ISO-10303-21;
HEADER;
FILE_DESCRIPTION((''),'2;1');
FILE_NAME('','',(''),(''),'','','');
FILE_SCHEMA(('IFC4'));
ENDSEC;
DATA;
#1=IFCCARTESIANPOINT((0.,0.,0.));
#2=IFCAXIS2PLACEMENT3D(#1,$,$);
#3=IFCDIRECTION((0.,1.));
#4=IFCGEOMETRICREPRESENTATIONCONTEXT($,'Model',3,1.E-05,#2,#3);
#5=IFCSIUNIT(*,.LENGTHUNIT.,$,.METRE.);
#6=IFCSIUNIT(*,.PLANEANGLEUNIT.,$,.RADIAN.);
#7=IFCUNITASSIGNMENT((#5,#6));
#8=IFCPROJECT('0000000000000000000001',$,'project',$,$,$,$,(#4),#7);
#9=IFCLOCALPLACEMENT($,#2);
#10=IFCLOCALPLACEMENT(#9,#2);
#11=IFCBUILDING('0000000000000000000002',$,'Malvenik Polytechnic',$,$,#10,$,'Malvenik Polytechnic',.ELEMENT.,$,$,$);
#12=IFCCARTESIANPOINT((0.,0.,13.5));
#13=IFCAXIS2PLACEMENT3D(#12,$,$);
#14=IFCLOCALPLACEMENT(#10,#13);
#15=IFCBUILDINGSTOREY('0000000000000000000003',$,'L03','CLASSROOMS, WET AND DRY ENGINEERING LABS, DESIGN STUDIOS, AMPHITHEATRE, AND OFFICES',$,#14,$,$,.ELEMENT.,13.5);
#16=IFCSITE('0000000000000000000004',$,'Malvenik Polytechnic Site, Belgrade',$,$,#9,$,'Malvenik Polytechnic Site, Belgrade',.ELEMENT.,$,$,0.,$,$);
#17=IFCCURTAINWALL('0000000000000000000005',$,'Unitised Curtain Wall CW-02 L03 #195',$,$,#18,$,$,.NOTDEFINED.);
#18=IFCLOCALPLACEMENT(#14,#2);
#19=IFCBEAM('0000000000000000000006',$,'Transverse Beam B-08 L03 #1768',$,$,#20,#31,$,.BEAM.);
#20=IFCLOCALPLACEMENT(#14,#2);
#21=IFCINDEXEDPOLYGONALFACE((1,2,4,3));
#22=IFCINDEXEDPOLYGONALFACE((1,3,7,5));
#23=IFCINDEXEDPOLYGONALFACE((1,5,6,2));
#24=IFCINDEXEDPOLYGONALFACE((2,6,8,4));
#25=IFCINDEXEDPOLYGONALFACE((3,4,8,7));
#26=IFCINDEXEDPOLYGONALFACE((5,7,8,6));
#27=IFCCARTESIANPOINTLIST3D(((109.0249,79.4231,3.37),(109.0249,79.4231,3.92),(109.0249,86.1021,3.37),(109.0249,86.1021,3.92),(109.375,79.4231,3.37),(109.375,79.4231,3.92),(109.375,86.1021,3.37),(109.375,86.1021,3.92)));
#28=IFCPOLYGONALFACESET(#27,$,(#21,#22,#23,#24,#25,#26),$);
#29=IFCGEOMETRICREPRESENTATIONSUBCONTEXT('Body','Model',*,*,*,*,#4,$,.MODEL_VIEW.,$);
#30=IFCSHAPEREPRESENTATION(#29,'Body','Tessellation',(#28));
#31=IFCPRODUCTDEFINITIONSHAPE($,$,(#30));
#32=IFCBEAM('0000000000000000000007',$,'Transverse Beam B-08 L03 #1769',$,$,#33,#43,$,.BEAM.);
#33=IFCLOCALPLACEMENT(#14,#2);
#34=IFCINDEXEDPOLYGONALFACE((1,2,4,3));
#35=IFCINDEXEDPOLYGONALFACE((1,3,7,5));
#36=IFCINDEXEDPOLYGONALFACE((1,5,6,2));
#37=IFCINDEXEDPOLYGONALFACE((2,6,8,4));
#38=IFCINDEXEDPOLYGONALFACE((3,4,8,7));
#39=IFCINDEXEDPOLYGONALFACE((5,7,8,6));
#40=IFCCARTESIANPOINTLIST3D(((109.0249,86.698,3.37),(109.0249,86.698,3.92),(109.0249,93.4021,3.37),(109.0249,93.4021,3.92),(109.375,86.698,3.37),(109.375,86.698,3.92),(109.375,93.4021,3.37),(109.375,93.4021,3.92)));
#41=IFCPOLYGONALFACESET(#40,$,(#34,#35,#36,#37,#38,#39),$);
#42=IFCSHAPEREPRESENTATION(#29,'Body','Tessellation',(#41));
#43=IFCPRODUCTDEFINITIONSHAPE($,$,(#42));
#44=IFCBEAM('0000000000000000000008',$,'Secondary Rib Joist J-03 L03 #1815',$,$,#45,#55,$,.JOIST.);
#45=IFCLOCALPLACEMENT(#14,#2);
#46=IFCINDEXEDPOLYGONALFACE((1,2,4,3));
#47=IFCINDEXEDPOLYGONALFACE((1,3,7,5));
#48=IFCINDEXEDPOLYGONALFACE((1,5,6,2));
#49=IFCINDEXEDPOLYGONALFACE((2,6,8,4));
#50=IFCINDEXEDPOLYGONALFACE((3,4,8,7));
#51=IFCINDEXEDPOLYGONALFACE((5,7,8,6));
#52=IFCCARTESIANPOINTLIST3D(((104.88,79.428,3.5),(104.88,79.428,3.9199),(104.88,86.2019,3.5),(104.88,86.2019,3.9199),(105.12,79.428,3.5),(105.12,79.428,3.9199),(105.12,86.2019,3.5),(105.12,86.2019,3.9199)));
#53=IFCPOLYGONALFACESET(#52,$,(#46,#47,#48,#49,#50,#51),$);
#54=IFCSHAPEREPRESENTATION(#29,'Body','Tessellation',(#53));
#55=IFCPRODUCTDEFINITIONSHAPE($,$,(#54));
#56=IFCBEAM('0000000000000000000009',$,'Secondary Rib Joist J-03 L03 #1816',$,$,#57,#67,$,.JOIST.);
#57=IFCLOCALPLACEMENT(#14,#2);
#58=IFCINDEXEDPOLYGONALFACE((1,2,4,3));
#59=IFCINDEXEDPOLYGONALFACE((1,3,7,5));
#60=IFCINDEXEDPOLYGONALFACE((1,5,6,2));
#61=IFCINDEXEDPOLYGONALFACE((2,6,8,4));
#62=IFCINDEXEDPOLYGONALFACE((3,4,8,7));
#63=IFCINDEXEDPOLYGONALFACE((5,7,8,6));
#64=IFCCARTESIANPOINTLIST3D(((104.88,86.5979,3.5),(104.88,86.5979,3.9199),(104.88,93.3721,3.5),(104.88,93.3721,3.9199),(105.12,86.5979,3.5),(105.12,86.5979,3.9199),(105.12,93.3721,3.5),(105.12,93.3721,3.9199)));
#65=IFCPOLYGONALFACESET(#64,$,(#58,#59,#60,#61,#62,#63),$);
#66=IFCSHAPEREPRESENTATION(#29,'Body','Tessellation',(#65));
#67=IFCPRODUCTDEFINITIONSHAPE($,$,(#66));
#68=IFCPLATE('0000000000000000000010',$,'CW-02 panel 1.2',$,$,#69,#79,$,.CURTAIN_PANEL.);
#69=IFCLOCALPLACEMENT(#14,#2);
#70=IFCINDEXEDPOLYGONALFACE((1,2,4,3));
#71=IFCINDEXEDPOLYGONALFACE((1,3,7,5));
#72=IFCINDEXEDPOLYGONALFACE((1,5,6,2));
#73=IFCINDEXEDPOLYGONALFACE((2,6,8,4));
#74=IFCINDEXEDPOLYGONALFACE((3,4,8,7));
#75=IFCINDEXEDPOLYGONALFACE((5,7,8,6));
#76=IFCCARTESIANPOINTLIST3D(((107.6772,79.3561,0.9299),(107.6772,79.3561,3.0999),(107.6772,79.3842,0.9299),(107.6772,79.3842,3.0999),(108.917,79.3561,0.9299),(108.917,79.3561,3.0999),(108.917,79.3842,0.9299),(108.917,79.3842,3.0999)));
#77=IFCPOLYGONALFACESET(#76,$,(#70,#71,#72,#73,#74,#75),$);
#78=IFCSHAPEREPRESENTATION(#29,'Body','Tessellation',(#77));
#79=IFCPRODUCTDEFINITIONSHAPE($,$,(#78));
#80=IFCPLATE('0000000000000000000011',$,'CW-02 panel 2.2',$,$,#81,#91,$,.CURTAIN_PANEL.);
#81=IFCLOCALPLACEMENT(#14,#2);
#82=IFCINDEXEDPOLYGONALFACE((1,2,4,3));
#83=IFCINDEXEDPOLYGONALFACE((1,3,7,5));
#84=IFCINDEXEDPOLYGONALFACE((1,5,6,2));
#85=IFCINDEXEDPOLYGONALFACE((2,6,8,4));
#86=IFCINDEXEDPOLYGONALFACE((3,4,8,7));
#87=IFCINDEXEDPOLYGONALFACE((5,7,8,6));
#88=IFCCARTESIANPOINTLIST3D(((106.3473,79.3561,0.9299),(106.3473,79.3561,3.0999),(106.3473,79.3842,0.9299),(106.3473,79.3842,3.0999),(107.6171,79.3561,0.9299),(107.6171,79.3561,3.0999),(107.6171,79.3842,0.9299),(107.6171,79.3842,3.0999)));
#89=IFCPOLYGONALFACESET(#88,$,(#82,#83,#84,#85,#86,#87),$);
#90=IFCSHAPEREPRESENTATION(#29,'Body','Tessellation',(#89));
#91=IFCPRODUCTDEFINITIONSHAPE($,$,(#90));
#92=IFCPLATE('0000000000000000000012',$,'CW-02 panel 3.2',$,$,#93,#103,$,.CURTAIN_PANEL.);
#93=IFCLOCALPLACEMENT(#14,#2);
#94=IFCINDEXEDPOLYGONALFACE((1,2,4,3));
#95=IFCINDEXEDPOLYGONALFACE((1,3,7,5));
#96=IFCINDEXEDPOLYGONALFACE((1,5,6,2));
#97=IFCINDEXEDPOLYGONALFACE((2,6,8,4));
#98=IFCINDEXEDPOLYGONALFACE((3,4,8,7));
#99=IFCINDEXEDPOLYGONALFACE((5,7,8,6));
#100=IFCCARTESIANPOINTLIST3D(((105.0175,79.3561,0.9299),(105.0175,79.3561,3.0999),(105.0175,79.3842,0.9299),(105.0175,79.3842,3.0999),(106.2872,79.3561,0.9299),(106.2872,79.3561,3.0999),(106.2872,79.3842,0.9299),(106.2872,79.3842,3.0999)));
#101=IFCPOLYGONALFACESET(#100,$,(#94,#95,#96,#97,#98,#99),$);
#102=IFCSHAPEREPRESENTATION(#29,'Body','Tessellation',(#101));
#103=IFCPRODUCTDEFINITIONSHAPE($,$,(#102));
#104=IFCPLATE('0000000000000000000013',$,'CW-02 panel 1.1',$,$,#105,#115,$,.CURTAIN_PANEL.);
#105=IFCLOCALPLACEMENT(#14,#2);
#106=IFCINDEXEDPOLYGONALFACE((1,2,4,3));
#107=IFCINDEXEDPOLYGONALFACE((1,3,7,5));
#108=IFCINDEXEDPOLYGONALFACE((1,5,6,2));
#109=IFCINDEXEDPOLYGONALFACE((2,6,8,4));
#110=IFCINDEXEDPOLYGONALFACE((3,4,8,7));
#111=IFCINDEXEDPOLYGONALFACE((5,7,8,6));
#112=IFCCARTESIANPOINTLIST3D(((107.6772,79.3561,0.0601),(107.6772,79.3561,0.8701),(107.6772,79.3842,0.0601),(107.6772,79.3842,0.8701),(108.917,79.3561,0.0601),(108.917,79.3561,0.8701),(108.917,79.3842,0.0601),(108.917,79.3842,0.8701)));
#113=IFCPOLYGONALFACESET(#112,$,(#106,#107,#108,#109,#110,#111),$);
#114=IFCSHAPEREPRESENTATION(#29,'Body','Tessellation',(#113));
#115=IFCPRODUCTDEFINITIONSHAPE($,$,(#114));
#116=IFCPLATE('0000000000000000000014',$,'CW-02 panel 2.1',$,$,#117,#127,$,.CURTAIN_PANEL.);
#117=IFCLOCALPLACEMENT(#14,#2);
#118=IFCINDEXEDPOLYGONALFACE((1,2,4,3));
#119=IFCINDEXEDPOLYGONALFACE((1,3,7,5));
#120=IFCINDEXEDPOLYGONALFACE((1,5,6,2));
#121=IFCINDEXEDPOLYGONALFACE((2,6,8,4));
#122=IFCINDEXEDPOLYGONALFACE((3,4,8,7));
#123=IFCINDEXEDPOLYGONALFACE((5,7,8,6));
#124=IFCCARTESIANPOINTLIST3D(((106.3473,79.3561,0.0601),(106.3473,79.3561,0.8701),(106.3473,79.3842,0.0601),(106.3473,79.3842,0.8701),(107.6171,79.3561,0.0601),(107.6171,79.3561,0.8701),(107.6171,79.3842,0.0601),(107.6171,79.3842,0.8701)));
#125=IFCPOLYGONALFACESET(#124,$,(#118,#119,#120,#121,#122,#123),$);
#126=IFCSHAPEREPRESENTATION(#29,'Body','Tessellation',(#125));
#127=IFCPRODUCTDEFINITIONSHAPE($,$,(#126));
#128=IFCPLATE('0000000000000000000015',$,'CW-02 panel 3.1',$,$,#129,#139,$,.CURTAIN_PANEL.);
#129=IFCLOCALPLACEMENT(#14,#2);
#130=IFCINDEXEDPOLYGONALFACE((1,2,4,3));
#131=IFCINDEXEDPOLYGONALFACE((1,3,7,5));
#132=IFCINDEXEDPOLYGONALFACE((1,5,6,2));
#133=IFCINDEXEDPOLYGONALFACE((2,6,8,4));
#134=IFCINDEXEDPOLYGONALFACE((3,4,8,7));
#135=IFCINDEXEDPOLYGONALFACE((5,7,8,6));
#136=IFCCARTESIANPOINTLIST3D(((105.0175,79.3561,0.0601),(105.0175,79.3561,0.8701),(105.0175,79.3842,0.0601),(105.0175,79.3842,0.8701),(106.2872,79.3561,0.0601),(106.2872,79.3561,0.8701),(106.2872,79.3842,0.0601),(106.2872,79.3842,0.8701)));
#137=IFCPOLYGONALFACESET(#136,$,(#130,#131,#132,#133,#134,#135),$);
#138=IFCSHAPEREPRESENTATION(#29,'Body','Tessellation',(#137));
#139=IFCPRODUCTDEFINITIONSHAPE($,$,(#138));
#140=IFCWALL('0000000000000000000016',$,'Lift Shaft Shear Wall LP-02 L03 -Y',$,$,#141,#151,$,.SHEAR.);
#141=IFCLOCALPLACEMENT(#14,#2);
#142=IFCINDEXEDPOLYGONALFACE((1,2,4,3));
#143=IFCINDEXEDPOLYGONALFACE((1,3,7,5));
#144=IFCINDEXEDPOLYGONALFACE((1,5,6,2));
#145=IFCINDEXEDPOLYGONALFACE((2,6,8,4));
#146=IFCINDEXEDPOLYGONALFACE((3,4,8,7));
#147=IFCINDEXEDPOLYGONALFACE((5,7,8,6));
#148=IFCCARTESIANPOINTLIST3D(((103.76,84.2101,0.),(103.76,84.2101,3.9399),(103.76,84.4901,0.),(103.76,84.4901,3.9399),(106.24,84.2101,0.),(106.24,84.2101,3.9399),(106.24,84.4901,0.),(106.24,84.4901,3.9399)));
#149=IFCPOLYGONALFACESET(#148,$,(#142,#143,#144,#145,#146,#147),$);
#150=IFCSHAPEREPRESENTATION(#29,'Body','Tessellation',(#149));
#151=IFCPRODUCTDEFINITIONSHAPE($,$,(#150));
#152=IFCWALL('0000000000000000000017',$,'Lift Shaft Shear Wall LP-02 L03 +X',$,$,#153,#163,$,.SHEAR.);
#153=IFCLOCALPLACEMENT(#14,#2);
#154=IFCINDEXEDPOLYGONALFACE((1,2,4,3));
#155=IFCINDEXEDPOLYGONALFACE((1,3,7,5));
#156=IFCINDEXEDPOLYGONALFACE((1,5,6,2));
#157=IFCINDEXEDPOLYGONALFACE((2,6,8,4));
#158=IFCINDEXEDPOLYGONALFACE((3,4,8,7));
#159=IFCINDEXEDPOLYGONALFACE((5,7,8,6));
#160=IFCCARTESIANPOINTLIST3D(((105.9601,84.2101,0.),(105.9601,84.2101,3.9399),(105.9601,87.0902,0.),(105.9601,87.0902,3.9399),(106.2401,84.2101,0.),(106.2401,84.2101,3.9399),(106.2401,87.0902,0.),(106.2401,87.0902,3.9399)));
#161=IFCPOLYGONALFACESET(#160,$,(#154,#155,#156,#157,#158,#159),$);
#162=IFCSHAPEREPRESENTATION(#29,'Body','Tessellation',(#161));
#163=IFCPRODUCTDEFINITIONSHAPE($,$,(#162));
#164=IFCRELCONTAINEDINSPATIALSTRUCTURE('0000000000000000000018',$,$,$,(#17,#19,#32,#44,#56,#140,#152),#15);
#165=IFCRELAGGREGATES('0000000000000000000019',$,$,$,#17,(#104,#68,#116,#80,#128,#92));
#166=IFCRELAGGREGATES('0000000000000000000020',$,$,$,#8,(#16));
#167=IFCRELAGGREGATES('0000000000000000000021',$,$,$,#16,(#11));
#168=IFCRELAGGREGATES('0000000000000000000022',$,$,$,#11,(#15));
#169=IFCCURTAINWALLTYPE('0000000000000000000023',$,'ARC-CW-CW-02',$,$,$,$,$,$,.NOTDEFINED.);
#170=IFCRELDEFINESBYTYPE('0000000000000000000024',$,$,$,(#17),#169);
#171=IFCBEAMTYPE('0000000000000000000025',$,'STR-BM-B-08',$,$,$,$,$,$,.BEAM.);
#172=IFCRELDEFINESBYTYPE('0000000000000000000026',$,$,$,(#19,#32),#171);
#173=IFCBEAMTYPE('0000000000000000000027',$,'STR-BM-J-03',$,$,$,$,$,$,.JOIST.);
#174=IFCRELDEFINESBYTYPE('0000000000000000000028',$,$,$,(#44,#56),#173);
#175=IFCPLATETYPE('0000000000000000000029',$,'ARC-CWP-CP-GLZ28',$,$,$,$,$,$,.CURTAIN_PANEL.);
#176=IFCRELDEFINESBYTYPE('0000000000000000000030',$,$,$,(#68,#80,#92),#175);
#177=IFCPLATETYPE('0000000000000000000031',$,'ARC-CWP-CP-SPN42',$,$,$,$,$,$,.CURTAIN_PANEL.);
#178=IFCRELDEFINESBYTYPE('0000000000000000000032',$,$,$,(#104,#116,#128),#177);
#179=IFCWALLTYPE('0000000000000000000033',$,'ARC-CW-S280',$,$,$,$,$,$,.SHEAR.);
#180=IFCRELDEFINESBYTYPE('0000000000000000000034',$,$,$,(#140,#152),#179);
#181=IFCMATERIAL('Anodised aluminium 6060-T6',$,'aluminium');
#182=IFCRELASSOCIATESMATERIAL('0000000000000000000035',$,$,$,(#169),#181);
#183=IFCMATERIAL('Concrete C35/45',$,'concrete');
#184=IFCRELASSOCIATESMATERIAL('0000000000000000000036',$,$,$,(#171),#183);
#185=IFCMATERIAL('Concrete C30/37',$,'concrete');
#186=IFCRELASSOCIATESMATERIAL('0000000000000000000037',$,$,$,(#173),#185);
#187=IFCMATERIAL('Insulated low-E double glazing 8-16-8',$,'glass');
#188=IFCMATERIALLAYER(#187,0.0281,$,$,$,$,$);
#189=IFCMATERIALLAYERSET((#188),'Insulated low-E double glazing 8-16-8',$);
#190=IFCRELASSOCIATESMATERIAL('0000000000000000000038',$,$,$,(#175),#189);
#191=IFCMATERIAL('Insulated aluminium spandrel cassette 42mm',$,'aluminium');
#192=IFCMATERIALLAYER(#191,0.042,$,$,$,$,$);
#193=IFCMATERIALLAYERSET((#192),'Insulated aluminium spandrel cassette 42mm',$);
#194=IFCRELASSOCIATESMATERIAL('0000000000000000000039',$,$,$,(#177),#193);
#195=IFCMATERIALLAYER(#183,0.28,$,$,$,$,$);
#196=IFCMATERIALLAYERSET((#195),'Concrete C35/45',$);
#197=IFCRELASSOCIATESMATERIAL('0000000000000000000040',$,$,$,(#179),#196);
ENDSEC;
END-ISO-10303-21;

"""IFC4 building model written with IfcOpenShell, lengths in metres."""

from ifc_helpers import new_model, si_unit, direction, frame, frame_2d, origin, origin_2d, place, context, subcontext, project, spatial, rectangle, extrude, material, layer, layer_set, material_profile, profile_set, type_object, element, aggregate, save


model = new_model("IFC4")

# Units and contexts
model_context = context("Model", 3, precision=1e-05, world=origin(), true_north=direction((0.0, 1.0)))
body_context = subcontext(model_context, "Body", "Model", "MODEL_VIEW")
ifc_project = project(units=[si_unit("LENGTHUNIT", "METRE"), si_unit("PLANEANGLEUNIT", "RADIAN")], contexts=[model_context])

# Site, building, storey
site_placement = place(None, origin())
site = spatial("IfcSite", under=ifc_project, at=site_placement, Name="Malvenik Polytechnic Site, Belgrade", LongName="Malvenik Polytechnic Site, Belgrade", CompositionType="ELEMENT", RefElevation=0.0)
building_placement = place(site_placement, origin())
building = spatial("IfcBuilding", under=site, at=building_placement, Name="Malvenik Polytechnic", LongName="Malvenik Polytechnic", CompositionType="ELEMENT")
storey_placement = place(building_placement, frame((0.0, 0.0, 13.5)))
storey = spatial("IfcBuildingStorey", under=building, at=storey_placement, Name="L03", Description="CLASSROOMS, WET AND DRY ENGINEERING LABS, DESIGN STUDIOS, AMPHITHEATRE, AND OFFICES", CompositionType="ELEMENT", Elevation=13.5)

# Shared definitions
ifc_material_1 = material(Name="Concrete C35/45", Category="concrete")

# Curtain wall
ifc_material_2 = material(Name="Anodised aluminium 6060-T6", Category="aluminium")
curtain_wall_type = type_object("IfcCurtainWallType", Name="ARC-CW-CW-02", PredefinedType="NOTDEFINED", material=ifc_material_2)
curtain_wall_placement = place(storey_placement, origin())
curtain_wall = element("IfcCurtainWall", 1, at=curtain_wall_placement, inside=storey, type_object=curtain_wall_type, Name="Unitised Curtain Wall CW-02 L03 #195", PredefinedType="NOTDEFINED")

# Beams
ifc_material_profile_1 = material_profile(ifc_material_1, rectangle(XDim=0.3501, YDim=0.55, at=origin_2d()), Name="RC BM 350x550")
ifc_profile_set_1 = profile_set([ifc_material_profile_1], Name="Concrete C35/45")
beam_type_1 = type_object("IfcBeamType", Name="STR-BM-B-08", PredefinedType="BEAM", material=ifc_profile_set_1)
beam_1_placement = place(storey_placement, frame((109.2, 79.4231, 3.645), z_axis=(0.0, 1.0, 0.0), x_axis=(-1.0, 0.0, 0.0)))
element("IfcBeam", 2, at=beam_1_placement, inside=storey, type_object=beam_type_1, Name="Transverse Beam B-08 L03 #1768", PredefinedType="BEAM", context=body_context, shape_type="SweptSolid", body=[
    extrude(rectangle(XDim=0.3501, YDim=0.55, at=origin_2d()), origin(), (0.0, 0.0, 1.0), 6.679),
])
beam_2_placement = place(storey_placement, frame((109.2, 86.698, 3.645), z_axis=(0.0, 1.0, 0.0), x_axis=(-1.0, 0.0, 0.0)))
element("IfcBeam", 3, at=beam_2_placement, inside=storey, type_object=beam_type_1, Name="Transverse Beam B-08 L03 #1769", PredefinedType="BEAM", context=body_context, shape_type="SweptSolid", body=[
    extrude(rectangle(XDim=0.3501, YDim=0.55, at=origin_2d()), origin(), (0.0, 0.0, 1.0), 6.7041),
])
ifc_material_3 = material(Name="Concrete C30/37", Category="concrete")
ifc_material_profile_2 = material_profile(ifc_material_3, rectangle(XDim=0.24, YDim=0.4199, at=origin_2d()), Name="RC JST 240x420")
ifc_profile_set_2 = profile_set([ifc_material_profile_2], Name="Concrete C30/37")
beam_type_2 = type_object("IfcBeamType", Name="STR-BM-J-03", PredefinedType="JOIST", material=ifc_profile_set_2)
beam_3_placement = place(storey_placement, frame((105.0, 79.428, 3.71), z_axis=(0.0, 1.0, 0.0), x_axis=(-1.0, 0.0, 0.0)))
element("IfcBeam", 4, at=beam_3_placement, inside=storey, type_object=beam_type_2, Name="Secondary Rib Joist J-03 L03 #1815", PredefinedType="JOIST", context=body_context, shape_type="SweptSolid", body=[
    extrude(rectangle(XDim=0.24, YDim=0.4199, at=origin_2d()), origin(), (0.0, 0.0, 1.0), 6.7739),
])
beam_4_placement = place(storey_placement, frame((105.0, 86.5979, 3.71), z_axis=(0.0, 1.0, 0.0), x_axis=(-1.0, 0.0, 0.0)))
element("IfcBeam", 5, at=beam_4_placement, inside=storey, type_object=beam_type_2, Name="Secondary Rib Joist J-03 L03 #1816", PredefinedType="JOIST", context=body_context, shape_type="SweptSolid", body=[
    extrude(rectangle(XDim=0.24, YDim=0.4199, at=origin_2d()), origin(), (0.0, 0.0, 1.0), 6.7742),
])

# Plates
ifc_material_4 = material(Name="Insulated low-E double glazing 8-16-8", Category="glass")
ifc_layer_1 = layer(ifc_material_4, 0.0281)
ifc_layer_set_1 = layer_set([ifc_layer_1], Name="Insulated low-E double glazing 8-16-8")
plate_type_1 = type_object("IfcPlateType", Name="ARC-CWP-CP-GLZ28", PredefinedType="CURTAIN_PANEL", material=ifc_layer_set_1)
plate_1_placement = place(storey_placement, frame((108.2971, 79.3701, 0.9299), z_axis=(0.0, 0.0, 1.0), x_axis=(-1.0, 0.0, 0.0)))
plate_1 = element("IfcPlate", 6, at=plate_1_placement, type_object=plate_type_1, Name="CW-02 panel 1.2", PredefinedType="CURTAIN_PANEL", context=body_context, shape_type="SweptSolid", body=[
    extrude(rectangle(XDim=1.2397, YDim=0.0281, at=origin_2d()), origin(), (0.0, 0.0, 1.0), 2.1699),
])
plate_2_placement = place(storey_placement, frame((106.9822, 79.3701, 0.9299), z_axis=(0.0, 0.0, 1.0), x_axis=(-1.0, 0.0, 0.0)))
plate_2 = element("IfcPlate", 7, at=plate_2_placement, type_object=plate_type_1, Name="CW-02 panel 2.2", PredefinedType="CURTAIN_PANEL", context=body_context, shape_type="SweptSolid", body=[
    extrude(rectangle(XDim=1.2698, YDim=0.0281, at=origin_2d()), origin(), (0.0, 0.0, 1.0), 2.1699),
])
plate_3_placement = place(storey_placement, frame((105.6523, 79.3701, 0.9299), z_axis=(0.0, 0.0, 1.0), x_axis=(-1.0, 0.0, 0.0)))
plate_3 = element("IfcPlate", 8, at=plate_3_placement, type_object=plate_type_1, Name="CW-02 panel 3.2", PredefinedType="CURTAIN_PANEL", context=body_context, shape_type="SweptSolid", body=[
    extrude(rectangle(XDim=1.2698, YDim=0.0281, at=origin_2d()), origin(), (0.0, 0.0, 1.0), 2.1699),
])
ifc_material_5 = material(Name="Insulated aluminium spandrel cassette 42mm", Category="aluminium")
ifc_layer_2 = layer(ifc_material_5, 0.042)
ifc_layer_set_2 = layer_set([ifc_layer_2], Name="Insulated aluminium spandrel cassette 42mm")
plate_type_2 = type_object("IfcPlateType", Name="ARC-CWP-CP-SPN42", PredefinedType="CURTAIN_PANEL", material=ifc_layer_set_2)
plate_4_placement = place(storey_placement, frame((108.2971, 79.3701, 0.0601), z_axis=(0.0, 0.0, 1.0), x_axis=(-1.0, 0.0, 0.0)))
plate_4 = element("IfcPlate", 9, at=plate_4_placement, type_object=plate_type_2, Name="CW-02 panel 1.1", PredefinedType="CURTAIN_PANEL", context=body_context, shape_type="SweptSolid", body=[
    extrude(rectangle(XDim=1.2397, YDim=0.0281, at=origin_2d()), origin(), (0.0, 0.0, 1.0), 0.8101),
])
plate_5_placement = place(storey_placement, frame((106.9822, 79.3701, 0.0601), z_axis=(0.0, 0.0, 1.0), x_axis=(-1.0, 0.0, 0.0)))
plate_5 = element("IfcPlate", 10, at=plate_5_placement, type_object=plate_type_2, Name="CW-02 panel 2.1", PredefinedType="CURTAIN_PANEL", context=body_context, shape_type="SweptSolid", body=[
    extrude(rectangle(XDim=1.2698, YDim=0.0281, at=origin_2d()), origin(), (0.0, 0.0, 1.0), 0.8101),
])
plate_6_placement = place(storey_placement, frame((105.6523, 79.3701, 0.0601), z_axis=(0.0, 0.0, 1.0), x_axis=(-1.0, 0.0, 0.0)))
plate_6 = element("IfcPlate", 11, at=plate_6_placement, type_object=plate_type_2, Name="CW-02 panel 3.1", PredefinedType="CURTAIN_PANEL", context=body_context, shape_type="SweptSolid", body=[
    extrude(rectangle(XDim=1.2698, YDim=0.0281, at=origin_2d()), origin(), (0.0, 0.0, 1.0), 0.8101),
])
aggregate(curtain_wall, [plate_4, plate_1, plate_5, plate_2, plate_6, plate_3])

# Walls
ifc_layer_3 = layer(ifc_material_1, 0.28)
ifc_layer_set_3 = layer_set([ifc_layer_3], Name="Concrete C35/45")
wall_type = type_object("IfcWallType", Name="ARC-CW-S280", PredefinedType="SHEAR", material=ifc_layer_set_3)
wall_1_placement = place(storey_placement, frame((106.24, 84.3501, 0.0), z_axis=(0.0, 0.0, 1.0), x_axis=(-1.0, 0.0, 0.0)))
element("IfcWall", 12, at=wall_1_placement, inside=storey, type_object=wall_type, Name="Lift Shaft Shear Wall LP-02 L03 -Y", PredefinedType="SHEAR", context=body_context, shape_type="SweptSolid", body=[
    extrude(rectangle(XDim=2.48, YDim=0.28, at=frame_2d((1.24, 0.0))), origin(), (0.0, 0.0, 1.0), 3.9399),
])
wall_2_placement = place(storey_placement, frame((106.1001, 87.0901, 0.0), z_axis=(0.0, 0.0, 1.0), x_axis=(0.0, -1.0, 0.0)))
element("IfcWall", 13, at=wall_2_placement, inside=storey, type_object=wall_type, Name="Lift Shaft Shear Wall LP-02 L03 +X", PredefinedType="SHEAR", context=body_context, shape_type="SweptSolid", body=[
    extrude(rectangle(XDim=2.8801, YDim=0.28, at=frame_2d((1.4399, 0.0))), origin(), (0.0, 0.0, 1.0), 3.9399),
])

save(model, "model.ifc")
